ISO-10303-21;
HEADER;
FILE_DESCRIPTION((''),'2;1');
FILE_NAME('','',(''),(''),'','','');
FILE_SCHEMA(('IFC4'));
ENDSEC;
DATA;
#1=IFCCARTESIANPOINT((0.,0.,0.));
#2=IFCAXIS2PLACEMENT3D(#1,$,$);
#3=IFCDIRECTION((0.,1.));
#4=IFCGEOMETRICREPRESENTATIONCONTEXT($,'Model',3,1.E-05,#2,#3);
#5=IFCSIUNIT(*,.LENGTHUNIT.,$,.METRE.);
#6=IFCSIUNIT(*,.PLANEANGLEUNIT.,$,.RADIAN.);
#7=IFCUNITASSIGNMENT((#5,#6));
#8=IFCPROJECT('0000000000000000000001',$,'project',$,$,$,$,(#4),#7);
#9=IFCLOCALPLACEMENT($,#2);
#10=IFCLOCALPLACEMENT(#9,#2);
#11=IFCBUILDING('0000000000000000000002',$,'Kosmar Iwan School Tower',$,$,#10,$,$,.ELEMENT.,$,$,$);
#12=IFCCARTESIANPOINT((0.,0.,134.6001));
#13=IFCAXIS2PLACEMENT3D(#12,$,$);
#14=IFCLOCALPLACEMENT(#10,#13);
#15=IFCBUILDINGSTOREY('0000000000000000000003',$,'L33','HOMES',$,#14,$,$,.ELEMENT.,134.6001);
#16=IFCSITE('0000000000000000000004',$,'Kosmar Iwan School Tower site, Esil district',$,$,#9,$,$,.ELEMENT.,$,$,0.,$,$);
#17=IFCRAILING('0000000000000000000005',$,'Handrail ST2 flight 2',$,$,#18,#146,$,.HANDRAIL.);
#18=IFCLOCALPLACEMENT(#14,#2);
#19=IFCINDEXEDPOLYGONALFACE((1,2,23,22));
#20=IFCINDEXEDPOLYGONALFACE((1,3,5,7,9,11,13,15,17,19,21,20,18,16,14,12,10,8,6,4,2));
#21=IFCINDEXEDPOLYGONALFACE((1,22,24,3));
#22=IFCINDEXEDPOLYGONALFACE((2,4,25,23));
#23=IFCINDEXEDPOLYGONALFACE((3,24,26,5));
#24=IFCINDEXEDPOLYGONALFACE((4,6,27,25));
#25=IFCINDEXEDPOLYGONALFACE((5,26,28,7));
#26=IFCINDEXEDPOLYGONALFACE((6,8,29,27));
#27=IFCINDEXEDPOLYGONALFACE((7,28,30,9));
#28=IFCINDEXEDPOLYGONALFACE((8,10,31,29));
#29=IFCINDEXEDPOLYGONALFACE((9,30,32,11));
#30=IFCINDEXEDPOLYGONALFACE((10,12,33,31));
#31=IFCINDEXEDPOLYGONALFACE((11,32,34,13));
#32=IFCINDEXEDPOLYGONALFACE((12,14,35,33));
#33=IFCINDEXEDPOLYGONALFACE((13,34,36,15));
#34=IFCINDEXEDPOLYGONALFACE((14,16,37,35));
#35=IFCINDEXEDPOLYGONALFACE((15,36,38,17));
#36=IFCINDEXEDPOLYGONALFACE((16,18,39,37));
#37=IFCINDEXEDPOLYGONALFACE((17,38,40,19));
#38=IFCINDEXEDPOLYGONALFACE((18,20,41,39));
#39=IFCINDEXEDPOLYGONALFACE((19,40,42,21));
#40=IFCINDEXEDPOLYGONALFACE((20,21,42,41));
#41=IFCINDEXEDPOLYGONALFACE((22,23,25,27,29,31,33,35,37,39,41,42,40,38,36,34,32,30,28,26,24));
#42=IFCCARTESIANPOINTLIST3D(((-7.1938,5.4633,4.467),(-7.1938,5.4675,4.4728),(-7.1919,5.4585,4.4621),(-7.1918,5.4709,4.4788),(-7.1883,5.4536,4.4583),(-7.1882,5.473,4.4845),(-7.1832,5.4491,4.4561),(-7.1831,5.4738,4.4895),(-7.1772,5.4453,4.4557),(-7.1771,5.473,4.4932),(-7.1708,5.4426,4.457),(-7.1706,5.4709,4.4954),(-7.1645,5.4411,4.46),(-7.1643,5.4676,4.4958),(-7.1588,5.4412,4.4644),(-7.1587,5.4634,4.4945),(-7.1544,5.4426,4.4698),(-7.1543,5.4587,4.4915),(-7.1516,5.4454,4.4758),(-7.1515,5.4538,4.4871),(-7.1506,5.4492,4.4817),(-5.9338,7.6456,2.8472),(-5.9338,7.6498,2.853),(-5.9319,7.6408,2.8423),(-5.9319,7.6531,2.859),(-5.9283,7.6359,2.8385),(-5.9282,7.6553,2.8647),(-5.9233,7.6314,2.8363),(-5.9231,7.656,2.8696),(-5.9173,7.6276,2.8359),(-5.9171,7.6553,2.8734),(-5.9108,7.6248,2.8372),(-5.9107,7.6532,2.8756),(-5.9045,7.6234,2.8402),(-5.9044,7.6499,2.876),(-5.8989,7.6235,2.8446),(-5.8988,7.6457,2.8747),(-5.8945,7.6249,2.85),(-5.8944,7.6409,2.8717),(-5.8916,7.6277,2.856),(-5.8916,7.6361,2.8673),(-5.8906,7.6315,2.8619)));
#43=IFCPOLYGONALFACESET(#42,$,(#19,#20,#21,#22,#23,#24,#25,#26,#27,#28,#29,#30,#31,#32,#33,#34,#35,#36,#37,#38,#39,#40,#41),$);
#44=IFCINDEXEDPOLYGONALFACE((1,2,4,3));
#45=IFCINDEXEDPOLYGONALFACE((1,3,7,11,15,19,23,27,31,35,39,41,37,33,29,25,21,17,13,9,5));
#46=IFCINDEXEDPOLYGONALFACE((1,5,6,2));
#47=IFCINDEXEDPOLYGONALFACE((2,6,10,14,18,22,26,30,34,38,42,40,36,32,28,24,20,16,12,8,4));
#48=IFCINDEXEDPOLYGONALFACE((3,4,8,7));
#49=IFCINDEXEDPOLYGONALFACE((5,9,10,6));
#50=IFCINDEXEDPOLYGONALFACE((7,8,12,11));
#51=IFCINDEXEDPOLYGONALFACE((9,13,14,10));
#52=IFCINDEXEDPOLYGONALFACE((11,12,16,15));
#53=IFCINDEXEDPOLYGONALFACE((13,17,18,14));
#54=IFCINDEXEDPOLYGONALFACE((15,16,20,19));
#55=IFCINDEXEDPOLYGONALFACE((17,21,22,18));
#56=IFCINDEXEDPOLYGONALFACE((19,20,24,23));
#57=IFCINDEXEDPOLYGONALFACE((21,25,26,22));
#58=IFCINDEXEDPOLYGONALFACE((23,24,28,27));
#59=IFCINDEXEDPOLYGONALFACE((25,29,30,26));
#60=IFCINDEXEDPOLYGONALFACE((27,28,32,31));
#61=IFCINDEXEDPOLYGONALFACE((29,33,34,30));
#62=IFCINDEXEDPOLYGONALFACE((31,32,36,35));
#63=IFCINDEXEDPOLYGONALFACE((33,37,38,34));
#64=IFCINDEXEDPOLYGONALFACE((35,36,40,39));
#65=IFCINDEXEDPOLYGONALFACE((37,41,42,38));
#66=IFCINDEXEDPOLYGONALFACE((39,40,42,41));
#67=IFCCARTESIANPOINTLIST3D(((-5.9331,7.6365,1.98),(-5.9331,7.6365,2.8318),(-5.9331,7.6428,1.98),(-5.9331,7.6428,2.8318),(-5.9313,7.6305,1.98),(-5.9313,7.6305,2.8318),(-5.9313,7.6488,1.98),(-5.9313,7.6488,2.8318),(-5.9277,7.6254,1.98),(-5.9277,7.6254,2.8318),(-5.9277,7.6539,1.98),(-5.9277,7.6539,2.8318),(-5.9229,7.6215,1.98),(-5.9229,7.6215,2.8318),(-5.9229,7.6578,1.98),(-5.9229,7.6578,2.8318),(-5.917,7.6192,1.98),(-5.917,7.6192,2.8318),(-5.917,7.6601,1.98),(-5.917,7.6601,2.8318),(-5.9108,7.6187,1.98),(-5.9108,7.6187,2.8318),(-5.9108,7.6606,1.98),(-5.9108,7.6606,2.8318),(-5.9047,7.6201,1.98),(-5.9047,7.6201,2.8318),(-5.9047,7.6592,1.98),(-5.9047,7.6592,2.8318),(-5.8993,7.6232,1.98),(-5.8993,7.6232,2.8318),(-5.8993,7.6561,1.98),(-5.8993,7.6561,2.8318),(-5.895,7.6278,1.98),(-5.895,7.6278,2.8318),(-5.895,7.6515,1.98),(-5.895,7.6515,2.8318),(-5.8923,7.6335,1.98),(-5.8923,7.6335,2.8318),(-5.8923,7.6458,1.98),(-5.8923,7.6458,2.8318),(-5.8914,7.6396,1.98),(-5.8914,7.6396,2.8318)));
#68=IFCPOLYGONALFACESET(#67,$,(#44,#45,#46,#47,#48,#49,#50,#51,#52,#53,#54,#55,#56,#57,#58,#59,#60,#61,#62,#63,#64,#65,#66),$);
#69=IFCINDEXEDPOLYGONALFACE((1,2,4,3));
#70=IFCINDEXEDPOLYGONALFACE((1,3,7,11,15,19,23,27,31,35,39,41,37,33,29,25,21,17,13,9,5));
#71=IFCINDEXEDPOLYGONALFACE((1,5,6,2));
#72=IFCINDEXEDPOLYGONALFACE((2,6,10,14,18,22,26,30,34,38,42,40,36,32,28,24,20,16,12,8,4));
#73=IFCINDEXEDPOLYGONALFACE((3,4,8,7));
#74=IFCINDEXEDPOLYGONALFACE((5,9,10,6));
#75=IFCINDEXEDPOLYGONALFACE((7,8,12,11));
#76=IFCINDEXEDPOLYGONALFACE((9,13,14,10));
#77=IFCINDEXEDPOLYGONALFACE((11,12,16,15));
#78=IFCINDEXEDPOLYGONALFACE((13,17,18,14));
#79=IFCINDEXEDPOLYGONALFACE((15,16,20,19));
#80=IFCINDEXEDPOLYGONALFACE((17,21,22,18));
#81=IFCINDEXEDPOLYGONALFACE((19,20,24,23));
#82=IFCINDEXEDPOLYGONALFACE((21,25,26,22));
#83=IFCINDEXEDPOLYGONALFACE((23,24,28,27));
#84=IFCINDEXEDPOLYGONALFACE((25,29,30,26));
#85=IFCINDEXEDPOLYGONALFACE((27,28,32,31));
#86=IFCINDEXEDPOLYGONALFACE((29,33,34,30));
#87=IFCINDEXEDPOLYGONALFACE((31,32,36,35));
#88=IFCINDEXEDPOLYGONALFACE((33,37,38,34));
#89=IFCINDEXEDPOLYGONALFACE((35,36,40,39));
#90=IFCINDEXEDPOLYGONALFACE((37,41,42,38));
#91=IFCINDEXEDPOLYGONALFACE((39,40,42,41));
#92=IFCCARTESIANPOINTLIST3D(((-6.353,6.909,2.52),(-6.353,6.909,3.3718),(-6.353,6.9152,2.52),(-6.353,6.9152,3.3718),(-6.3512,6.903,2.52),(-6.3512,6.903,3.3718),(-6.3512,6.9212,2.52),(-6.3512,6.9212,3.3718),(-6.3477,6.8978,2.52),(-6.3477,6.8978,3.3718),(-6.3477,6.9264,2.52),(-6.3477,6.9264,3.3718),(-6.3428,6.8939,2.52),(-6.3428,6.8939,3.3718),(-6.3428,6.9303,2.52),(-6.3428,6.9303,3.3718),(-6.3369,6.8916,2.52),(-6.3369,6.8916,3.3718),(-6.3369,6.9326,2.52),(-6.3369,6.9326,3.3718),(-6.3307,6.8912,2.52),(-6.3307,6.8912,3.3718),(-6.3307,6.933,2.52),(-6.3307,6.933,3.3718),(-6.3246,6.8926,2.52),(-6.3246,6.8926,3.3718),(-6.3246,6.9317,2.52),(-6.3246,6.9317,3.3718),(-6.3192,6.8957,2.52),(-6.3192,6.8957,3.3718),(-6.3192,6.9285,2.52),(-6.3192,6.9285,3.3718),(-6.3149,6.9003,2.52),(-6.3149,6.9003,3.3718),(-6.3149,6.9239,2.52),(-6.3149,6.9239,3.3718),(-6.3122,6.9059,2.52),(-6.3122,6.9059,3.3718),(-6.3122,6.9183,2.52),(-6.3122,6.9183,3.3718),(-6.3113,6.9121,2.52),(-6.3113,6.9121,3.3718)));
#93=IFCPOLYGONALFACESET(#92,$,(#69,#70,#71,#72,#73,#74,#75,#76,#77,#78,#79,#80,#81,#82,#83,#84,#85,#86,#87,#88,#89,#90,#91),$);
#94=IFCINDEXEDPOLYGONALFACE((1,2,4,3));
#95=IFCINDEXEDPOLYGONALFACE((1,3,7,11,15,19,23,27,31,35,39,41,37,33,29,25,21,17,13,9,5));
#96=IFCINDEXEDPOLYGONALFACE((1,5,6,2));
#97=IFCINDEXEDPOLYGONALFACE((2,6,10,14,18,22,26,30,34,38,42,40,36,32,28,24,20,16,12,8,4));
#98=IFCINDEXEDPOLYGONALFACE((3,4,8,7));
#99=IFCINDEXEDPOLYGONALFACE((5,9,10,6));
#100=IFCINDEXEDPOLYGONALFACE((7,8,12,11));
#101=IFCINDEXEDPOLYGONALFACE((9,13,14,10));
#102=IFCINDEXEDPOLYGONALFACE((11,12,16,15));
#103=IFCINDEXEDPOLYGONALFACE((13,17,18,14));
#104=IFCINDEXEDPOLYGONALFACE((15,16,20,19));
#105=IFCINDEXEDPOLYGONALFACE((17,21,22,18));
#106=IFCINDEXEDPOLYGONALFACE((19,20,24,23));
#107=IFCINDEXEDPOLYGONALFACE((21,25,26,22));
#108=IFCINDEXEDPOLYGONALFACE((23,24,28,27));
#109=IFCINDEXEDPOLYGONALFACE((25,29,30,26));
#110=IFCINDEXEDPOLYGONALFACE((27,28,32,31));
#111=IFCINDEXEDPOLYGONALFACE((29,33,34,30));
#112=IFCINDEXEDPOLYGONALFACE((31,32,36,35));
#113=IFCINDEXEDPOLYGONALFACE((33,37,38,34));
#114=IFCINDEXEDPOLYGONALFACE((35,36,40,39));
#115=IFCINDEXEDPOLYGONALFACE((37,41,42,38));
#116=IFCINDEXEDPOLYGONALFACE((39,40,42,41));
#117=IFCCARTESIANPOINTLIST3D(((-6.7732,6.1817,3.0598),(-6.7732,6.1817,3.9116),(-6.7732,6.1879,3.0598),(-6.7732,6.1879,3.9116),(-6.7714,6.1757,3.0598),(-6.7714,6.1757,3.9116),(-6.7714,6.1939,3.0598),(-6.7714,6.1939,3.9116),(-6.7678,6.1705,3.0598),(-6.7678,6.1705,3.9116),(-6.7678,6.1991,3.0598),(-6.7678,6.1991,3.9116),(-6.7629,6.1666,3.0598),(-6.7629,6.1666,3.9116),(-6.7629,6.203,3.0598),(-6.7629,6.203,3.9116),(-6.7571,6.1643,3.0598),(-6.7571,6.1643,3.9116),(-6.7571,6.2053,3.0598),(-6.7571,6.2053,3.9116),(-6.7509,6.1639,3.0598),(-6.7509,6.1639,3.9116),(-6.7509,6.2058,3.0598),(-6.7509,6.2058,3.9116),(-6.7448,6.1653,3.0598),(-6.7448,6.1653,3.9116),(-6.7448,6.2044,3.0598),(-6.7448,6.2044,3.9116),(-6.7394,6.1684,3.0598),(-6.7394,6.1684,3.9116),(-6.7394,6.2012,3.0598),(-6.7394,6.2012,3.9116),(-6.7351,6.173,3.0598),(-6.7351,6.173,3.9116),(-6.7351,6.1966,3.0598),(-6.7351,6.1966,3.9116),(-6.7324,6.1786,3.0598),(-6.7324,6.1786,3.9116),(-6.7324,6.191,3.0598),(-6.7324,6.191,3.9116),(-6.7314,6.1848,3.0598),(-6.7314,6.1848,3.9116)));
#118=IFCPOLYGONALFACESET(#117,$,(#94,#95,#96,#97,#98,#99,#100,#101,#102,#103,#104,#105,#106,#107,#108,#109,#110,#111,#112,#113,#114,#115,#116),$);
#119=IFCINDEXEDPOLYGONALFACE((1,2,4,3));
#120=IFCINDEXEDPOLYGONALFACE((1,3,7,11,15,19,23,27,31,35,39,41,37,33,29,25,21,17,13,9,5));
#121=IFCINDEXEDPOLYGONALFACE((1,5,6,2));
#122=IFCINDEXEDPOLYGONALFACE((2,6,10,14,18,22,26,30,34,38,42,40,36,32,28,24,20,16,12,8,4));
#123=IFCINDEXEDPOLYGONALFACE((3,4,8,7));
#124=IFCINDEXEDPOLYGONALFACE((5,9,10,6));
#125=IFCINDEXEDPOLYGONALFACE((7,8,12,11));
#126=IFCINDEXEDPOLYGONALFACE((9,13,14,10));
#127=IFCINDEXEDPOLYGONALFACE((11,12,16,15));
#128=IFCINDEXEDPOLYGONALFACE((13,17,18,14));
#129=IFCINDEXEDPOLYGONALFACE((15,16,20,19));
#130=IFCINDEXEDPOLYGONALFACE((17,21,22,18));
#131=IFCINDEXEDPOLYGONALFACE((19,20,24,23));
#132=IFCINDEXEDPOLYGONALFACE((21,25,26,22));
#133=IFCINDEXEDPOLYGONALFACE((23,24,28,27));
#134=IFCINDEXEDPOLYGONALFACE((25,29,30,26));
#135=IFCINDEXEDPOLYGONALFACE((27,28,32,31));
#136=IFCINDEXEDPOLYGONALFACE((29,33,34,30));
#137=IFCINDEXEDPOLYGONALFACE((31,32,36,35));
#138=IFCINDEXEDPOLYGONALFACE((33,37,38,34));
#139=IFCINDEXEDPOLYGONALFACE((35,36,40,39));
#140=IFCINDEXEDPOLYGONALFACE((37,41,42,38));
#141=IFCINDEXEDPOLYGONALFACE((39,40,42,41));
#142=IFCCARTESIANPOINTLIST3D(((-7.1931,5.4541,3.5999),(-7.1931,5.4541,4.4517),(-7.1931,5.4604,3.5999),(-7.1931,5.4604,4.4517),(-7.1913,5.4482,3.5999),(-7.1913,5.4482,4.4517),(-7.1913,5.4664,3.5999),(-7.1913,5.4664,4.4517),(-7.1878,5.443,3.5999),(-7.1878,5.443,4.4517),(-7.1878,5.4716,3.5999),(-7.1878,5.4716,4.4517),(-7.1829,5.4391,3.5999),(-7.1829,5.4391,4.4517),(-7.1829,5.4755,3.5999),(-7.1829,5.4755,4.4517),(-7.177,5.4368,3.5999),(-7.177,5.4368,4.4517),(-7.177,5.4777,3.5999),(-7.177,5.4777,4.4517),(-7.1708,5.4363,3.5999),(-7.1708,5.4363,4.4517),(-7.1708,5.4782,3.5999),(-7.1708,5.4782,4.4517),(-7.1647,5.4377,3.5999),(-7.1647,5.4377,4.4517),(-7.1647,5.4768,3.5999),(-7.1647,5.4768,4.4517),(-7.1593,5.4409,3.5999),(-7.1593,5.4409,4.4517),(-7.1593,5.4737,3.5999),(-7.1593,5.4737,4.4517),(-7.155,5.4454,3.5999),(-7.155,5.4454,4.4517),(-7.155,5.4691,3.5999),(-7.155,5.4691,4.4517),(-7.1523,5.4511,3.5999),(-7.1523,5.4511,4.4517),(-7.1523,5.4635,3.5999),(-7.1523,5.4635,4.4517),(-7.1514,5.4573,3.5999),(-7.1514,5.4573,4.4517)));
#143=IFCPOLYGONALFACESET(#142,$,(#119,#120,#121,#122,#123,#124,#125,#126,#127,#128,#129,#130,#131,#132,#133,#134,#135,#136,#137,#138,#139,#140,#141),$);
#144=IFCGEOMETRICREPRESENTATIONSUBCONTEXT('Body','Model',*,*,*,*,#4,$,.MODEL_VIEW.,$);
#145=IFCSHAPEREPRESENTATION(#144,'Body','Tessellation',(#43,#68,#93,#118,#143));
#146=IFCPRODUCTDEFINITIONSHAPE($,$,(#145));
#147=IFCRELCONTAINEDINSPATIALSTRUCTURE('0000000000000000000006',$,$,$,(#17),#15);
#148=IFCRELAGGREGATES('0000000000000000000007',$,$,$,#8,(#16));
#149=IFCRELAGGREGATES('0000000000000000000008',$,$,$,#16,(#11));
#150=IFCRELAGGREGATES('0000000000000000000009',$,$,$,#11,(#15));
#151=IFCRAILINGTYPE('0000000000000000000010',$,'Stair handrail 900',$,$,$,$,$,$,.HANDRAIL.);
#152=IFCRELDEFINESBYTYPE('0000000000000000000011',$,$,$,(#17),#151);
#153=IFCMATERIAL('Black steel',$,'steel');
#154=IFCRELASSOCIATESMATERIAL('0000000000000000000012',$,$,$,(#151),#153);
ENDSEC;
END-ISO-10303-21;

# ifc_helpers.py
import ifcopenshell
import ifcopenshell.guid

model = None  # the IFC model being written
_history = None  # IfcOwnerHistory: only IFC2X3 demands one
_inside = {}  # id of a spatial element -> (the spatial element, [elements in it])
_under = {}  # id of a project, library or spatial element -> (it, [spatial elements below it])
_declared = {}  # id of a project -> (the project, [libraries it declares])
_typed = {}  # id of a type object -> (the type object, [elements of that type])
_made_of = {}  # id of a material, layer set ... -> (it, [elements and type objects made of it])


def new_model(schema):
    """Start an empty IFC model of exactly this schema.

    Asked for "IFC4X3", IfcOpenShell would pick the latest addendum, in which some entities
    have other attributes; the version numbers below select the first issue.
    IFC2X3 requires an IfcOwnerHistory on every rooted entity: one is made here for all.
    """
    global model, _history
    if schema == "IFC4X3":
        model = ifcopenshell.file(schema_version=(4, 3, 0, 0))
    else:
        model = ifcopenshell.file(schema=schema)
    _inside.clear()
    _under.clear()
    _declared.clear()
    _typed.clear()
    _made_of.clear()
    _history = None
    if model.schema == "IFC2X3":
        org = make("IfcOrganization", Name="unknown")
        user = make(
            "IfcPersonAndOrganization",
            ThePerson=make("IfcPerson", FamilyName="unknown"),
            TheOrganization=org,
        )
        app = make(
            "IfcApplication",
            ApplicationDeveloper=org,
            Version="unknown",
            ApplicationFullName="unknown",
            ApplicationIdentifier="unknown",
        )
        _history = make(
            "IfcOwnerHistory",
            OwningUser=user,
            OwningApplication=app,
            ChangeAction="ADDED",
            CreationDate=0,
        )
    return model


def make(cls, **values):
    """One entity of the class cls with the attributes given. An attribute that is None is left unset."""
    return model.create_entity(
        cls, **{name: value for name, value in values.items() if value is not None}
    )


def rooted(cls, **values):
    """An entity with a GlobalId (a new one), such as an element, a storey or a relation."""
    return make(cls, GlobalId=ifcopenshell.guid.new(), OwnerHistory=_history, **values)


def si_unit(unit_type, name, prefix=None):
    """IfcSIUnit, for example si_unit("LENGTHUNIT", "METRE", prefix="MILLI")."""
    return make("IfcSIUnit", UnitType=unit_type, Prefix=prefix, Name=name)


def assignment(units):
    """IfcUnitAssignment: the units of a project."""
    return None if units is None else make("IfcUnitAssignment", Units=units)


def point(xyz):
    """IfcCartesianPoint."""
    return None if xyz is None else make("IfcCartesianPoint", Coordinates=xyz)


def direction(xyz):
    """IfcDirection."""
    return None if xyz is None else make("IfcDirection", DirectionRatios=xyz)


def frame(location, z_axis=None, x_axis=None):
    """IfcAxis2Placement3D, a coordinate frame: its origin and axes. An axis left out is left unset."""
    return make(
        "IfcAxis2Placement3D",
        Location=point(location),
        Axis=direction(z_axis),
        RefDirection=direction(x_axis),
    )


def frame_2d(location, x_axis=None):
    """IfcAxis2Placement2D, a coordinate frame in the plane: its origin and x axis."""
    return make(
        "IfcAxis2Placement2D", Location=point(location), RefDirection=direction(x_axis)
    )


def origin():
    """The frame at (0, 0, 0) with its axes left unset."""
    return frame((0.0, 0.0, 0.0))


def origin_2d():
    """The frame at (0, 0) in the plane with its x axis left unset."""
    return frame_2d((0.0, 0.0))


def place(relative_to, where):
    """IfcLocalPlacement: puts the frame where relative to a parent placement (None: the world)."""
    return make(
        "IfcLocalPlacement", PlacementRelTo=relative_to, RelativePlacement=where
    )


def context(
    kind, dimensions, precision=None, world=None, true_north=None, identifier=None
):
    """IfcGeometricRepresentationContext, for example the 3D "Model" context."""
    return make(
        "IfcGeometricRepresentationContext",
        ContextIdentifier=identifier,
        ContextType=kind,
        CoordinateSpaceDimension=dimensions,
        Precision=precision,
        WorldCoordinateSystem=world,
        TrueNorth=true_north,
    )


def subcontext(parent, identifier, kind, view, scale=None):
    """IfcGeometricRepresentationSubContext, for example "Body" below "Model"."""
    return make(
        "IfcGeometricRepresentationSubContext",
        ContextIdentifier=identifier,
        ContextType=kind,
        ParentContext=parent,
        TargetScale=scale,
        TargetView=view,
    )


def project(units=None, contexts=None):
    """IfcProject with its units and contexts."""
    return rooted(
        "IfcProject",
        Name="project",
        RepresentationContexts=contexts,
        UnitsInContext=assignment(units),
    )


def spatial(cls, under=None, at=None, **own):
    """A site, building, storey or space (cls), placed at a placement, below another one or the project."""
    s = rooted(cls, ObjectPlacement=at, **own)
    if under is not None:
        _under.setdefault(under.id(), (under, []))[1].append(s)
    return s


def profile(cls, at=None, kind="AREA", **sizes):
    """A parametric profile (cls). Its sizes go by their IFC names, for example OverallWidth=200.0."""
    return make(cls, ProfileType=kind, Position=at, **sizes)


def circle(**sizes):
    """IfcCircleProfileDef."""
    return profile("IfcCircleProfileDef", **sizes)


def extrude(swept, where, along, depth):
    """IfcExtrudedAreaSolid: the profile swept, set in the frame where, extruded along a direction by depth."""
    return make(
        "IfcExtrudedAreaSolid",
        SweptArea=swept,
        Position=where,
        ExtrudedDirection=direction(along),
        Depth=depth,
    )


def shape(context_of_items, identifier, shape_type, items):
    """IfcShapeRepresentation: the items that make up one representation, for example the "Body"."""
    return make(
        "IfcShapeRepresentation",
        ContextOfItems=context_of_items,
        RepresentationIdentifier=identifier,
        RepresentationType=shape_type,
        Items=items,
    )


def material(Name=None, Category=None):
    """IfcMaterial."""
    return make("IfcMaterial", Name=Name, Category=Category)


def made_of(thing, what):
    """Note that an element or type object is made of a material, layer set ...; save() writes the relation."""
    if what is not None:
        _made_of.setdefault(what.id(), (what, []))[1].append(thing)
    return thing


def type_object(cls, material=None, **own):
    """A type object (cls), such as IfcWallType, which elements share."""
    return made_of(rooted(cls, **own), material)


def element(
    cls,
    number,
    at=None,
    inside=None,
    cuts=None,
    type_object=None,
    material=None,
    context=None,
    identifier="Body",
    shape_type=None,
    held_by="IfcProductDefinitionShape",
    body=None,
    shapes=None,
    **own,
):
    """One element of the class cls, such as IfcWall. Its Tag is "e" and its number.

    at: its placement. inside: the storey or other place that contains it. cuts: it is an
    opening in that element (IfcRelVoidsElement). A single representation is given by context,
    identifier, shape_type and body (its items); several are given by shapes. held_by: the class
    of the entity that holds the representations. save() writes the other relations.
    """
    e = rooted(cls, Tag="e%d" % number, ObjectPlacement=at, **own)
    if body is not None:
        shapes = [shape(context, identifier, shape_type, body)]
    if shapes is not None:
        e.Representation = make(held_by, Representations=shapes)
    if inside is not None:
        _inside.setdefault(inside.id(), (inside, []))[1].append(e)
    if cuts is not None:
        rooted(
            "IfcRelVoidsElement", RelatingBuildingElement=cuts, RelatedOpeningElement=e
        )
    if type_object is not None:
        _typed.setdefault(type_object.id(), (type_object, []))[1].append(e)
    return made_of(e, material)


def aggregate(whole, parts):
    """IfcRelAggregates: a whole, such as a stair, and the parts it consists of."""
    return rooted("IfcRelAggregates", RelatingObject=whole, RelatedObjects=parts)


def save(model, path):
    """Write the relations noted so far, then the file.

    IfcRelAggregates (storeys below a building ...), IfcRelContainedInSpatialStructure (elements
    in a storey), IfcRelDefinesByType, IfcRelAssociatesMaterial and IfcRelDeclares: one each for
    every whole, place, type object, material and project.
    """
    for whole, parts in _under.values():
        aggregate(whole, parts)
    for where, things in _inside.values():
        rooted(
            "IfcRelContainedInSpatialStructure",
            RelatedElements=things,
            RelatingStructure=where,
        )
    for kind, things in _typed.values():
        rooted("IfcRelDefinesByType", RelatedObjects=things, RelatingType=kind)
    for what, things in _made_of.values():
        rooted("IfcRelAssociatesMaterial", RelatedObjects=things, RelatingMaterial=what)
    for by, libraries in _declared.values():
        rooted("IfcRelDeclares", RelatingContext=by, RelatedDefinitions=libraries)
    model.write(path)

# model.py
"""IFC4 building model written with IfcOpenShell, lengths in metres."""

from ifc_helpers import new_model, si_unit, direction, frame, origin, origin_2d, place, context, subcontext, project, spatial, circle, extrude, material, type_object, element, save


model = new_model("IFC4")

# Units and contexts
model_context = context("Model", 3, precision=1e-05, world=origin(), true_north=direction((0.0, 1.0)))
body_context = subcontext(model_context, "Body", "Model", "MODEL_VIEW")
ifc_project = project(units=[si_unit("LENGTHUNIT", "METRE"), si_unit("PLANEANGLEUNIT", "RADIAN")], contexts=[model_context])

# Site, building, storey
site_placement = place(None, origin())
site = spatial("IfcSite", under=ifc_project, at=site_placement, Name="Kosmar Iwan School Tower site, Esil district", CompositionType="ELEMENT", RefElevation=0.0)
building_placement = place(site_placement, origin())
building = spatial("IfcBuilding", under=site, at=building_placement, Name="Kosmar Iwan School Tower", CompositionType="ELEMENT")
storey_placement = place(building_placement, frame((0.0, 0.0, 134.6001)))
storey = spatial("IfcBuildingStorey", under=building, at=storey_placement, Name="L33", Description="HOMES", CompositionType="ELEMENT", Elevation=134.6001)

# Railing
ifc_material_1 = material(Name="Black steel", Category="steel")
railing_type = type_object("IfcRailingType", Name="Stair handrail 900", PredefinedType="HANDRAIL", material=ifc_material_1)
railing_1_placement = place(storey_placement, frame((-5.9124, 7.6396, 1.98)))
element("IfcRailing", 1, at=railing_1_placement, inside=storey, type_object=railing_type, Name="Handrail ST2 flight 2", PredefinedType="HANDRAIL", context=body_context, shape_type="SweptSolid", body=[
    extrude(circle(Radius=0.0239, at=origin_2d()), frame((0.0, 0.0, 0.876), z_axis=(-0.420603, -0.728496, 0.540728), x_axis=(0.866023, -0.500005, 0.0)), (0.0, 0.0, 1.0), 2.9956),
    extrude(circle(Radius=0.021, at=origin_2d()), origin(), (0.0, 0.0, 1.0), 0.8518),
    extrude(circle(Radius=0.021, at=origin_2d()), frame((-0.4199, -0.7275, 0.54)), (0.0, 0.0, 1.0), 0.8518),
    extrude(circle(Radius=0.021, at=origin_2d()), frame((-0.8401, -1.4548, 1.0798)), (0.0, 0.0, 1.0), 0.8518),
    extrude(circle(Radius=0.021, at=origin_2d()), frame((-1.26, -2.1824, 1.6199)), (0.0, 0.0, 1.0), 0.8518),
])

save(model, "model.ifc")
